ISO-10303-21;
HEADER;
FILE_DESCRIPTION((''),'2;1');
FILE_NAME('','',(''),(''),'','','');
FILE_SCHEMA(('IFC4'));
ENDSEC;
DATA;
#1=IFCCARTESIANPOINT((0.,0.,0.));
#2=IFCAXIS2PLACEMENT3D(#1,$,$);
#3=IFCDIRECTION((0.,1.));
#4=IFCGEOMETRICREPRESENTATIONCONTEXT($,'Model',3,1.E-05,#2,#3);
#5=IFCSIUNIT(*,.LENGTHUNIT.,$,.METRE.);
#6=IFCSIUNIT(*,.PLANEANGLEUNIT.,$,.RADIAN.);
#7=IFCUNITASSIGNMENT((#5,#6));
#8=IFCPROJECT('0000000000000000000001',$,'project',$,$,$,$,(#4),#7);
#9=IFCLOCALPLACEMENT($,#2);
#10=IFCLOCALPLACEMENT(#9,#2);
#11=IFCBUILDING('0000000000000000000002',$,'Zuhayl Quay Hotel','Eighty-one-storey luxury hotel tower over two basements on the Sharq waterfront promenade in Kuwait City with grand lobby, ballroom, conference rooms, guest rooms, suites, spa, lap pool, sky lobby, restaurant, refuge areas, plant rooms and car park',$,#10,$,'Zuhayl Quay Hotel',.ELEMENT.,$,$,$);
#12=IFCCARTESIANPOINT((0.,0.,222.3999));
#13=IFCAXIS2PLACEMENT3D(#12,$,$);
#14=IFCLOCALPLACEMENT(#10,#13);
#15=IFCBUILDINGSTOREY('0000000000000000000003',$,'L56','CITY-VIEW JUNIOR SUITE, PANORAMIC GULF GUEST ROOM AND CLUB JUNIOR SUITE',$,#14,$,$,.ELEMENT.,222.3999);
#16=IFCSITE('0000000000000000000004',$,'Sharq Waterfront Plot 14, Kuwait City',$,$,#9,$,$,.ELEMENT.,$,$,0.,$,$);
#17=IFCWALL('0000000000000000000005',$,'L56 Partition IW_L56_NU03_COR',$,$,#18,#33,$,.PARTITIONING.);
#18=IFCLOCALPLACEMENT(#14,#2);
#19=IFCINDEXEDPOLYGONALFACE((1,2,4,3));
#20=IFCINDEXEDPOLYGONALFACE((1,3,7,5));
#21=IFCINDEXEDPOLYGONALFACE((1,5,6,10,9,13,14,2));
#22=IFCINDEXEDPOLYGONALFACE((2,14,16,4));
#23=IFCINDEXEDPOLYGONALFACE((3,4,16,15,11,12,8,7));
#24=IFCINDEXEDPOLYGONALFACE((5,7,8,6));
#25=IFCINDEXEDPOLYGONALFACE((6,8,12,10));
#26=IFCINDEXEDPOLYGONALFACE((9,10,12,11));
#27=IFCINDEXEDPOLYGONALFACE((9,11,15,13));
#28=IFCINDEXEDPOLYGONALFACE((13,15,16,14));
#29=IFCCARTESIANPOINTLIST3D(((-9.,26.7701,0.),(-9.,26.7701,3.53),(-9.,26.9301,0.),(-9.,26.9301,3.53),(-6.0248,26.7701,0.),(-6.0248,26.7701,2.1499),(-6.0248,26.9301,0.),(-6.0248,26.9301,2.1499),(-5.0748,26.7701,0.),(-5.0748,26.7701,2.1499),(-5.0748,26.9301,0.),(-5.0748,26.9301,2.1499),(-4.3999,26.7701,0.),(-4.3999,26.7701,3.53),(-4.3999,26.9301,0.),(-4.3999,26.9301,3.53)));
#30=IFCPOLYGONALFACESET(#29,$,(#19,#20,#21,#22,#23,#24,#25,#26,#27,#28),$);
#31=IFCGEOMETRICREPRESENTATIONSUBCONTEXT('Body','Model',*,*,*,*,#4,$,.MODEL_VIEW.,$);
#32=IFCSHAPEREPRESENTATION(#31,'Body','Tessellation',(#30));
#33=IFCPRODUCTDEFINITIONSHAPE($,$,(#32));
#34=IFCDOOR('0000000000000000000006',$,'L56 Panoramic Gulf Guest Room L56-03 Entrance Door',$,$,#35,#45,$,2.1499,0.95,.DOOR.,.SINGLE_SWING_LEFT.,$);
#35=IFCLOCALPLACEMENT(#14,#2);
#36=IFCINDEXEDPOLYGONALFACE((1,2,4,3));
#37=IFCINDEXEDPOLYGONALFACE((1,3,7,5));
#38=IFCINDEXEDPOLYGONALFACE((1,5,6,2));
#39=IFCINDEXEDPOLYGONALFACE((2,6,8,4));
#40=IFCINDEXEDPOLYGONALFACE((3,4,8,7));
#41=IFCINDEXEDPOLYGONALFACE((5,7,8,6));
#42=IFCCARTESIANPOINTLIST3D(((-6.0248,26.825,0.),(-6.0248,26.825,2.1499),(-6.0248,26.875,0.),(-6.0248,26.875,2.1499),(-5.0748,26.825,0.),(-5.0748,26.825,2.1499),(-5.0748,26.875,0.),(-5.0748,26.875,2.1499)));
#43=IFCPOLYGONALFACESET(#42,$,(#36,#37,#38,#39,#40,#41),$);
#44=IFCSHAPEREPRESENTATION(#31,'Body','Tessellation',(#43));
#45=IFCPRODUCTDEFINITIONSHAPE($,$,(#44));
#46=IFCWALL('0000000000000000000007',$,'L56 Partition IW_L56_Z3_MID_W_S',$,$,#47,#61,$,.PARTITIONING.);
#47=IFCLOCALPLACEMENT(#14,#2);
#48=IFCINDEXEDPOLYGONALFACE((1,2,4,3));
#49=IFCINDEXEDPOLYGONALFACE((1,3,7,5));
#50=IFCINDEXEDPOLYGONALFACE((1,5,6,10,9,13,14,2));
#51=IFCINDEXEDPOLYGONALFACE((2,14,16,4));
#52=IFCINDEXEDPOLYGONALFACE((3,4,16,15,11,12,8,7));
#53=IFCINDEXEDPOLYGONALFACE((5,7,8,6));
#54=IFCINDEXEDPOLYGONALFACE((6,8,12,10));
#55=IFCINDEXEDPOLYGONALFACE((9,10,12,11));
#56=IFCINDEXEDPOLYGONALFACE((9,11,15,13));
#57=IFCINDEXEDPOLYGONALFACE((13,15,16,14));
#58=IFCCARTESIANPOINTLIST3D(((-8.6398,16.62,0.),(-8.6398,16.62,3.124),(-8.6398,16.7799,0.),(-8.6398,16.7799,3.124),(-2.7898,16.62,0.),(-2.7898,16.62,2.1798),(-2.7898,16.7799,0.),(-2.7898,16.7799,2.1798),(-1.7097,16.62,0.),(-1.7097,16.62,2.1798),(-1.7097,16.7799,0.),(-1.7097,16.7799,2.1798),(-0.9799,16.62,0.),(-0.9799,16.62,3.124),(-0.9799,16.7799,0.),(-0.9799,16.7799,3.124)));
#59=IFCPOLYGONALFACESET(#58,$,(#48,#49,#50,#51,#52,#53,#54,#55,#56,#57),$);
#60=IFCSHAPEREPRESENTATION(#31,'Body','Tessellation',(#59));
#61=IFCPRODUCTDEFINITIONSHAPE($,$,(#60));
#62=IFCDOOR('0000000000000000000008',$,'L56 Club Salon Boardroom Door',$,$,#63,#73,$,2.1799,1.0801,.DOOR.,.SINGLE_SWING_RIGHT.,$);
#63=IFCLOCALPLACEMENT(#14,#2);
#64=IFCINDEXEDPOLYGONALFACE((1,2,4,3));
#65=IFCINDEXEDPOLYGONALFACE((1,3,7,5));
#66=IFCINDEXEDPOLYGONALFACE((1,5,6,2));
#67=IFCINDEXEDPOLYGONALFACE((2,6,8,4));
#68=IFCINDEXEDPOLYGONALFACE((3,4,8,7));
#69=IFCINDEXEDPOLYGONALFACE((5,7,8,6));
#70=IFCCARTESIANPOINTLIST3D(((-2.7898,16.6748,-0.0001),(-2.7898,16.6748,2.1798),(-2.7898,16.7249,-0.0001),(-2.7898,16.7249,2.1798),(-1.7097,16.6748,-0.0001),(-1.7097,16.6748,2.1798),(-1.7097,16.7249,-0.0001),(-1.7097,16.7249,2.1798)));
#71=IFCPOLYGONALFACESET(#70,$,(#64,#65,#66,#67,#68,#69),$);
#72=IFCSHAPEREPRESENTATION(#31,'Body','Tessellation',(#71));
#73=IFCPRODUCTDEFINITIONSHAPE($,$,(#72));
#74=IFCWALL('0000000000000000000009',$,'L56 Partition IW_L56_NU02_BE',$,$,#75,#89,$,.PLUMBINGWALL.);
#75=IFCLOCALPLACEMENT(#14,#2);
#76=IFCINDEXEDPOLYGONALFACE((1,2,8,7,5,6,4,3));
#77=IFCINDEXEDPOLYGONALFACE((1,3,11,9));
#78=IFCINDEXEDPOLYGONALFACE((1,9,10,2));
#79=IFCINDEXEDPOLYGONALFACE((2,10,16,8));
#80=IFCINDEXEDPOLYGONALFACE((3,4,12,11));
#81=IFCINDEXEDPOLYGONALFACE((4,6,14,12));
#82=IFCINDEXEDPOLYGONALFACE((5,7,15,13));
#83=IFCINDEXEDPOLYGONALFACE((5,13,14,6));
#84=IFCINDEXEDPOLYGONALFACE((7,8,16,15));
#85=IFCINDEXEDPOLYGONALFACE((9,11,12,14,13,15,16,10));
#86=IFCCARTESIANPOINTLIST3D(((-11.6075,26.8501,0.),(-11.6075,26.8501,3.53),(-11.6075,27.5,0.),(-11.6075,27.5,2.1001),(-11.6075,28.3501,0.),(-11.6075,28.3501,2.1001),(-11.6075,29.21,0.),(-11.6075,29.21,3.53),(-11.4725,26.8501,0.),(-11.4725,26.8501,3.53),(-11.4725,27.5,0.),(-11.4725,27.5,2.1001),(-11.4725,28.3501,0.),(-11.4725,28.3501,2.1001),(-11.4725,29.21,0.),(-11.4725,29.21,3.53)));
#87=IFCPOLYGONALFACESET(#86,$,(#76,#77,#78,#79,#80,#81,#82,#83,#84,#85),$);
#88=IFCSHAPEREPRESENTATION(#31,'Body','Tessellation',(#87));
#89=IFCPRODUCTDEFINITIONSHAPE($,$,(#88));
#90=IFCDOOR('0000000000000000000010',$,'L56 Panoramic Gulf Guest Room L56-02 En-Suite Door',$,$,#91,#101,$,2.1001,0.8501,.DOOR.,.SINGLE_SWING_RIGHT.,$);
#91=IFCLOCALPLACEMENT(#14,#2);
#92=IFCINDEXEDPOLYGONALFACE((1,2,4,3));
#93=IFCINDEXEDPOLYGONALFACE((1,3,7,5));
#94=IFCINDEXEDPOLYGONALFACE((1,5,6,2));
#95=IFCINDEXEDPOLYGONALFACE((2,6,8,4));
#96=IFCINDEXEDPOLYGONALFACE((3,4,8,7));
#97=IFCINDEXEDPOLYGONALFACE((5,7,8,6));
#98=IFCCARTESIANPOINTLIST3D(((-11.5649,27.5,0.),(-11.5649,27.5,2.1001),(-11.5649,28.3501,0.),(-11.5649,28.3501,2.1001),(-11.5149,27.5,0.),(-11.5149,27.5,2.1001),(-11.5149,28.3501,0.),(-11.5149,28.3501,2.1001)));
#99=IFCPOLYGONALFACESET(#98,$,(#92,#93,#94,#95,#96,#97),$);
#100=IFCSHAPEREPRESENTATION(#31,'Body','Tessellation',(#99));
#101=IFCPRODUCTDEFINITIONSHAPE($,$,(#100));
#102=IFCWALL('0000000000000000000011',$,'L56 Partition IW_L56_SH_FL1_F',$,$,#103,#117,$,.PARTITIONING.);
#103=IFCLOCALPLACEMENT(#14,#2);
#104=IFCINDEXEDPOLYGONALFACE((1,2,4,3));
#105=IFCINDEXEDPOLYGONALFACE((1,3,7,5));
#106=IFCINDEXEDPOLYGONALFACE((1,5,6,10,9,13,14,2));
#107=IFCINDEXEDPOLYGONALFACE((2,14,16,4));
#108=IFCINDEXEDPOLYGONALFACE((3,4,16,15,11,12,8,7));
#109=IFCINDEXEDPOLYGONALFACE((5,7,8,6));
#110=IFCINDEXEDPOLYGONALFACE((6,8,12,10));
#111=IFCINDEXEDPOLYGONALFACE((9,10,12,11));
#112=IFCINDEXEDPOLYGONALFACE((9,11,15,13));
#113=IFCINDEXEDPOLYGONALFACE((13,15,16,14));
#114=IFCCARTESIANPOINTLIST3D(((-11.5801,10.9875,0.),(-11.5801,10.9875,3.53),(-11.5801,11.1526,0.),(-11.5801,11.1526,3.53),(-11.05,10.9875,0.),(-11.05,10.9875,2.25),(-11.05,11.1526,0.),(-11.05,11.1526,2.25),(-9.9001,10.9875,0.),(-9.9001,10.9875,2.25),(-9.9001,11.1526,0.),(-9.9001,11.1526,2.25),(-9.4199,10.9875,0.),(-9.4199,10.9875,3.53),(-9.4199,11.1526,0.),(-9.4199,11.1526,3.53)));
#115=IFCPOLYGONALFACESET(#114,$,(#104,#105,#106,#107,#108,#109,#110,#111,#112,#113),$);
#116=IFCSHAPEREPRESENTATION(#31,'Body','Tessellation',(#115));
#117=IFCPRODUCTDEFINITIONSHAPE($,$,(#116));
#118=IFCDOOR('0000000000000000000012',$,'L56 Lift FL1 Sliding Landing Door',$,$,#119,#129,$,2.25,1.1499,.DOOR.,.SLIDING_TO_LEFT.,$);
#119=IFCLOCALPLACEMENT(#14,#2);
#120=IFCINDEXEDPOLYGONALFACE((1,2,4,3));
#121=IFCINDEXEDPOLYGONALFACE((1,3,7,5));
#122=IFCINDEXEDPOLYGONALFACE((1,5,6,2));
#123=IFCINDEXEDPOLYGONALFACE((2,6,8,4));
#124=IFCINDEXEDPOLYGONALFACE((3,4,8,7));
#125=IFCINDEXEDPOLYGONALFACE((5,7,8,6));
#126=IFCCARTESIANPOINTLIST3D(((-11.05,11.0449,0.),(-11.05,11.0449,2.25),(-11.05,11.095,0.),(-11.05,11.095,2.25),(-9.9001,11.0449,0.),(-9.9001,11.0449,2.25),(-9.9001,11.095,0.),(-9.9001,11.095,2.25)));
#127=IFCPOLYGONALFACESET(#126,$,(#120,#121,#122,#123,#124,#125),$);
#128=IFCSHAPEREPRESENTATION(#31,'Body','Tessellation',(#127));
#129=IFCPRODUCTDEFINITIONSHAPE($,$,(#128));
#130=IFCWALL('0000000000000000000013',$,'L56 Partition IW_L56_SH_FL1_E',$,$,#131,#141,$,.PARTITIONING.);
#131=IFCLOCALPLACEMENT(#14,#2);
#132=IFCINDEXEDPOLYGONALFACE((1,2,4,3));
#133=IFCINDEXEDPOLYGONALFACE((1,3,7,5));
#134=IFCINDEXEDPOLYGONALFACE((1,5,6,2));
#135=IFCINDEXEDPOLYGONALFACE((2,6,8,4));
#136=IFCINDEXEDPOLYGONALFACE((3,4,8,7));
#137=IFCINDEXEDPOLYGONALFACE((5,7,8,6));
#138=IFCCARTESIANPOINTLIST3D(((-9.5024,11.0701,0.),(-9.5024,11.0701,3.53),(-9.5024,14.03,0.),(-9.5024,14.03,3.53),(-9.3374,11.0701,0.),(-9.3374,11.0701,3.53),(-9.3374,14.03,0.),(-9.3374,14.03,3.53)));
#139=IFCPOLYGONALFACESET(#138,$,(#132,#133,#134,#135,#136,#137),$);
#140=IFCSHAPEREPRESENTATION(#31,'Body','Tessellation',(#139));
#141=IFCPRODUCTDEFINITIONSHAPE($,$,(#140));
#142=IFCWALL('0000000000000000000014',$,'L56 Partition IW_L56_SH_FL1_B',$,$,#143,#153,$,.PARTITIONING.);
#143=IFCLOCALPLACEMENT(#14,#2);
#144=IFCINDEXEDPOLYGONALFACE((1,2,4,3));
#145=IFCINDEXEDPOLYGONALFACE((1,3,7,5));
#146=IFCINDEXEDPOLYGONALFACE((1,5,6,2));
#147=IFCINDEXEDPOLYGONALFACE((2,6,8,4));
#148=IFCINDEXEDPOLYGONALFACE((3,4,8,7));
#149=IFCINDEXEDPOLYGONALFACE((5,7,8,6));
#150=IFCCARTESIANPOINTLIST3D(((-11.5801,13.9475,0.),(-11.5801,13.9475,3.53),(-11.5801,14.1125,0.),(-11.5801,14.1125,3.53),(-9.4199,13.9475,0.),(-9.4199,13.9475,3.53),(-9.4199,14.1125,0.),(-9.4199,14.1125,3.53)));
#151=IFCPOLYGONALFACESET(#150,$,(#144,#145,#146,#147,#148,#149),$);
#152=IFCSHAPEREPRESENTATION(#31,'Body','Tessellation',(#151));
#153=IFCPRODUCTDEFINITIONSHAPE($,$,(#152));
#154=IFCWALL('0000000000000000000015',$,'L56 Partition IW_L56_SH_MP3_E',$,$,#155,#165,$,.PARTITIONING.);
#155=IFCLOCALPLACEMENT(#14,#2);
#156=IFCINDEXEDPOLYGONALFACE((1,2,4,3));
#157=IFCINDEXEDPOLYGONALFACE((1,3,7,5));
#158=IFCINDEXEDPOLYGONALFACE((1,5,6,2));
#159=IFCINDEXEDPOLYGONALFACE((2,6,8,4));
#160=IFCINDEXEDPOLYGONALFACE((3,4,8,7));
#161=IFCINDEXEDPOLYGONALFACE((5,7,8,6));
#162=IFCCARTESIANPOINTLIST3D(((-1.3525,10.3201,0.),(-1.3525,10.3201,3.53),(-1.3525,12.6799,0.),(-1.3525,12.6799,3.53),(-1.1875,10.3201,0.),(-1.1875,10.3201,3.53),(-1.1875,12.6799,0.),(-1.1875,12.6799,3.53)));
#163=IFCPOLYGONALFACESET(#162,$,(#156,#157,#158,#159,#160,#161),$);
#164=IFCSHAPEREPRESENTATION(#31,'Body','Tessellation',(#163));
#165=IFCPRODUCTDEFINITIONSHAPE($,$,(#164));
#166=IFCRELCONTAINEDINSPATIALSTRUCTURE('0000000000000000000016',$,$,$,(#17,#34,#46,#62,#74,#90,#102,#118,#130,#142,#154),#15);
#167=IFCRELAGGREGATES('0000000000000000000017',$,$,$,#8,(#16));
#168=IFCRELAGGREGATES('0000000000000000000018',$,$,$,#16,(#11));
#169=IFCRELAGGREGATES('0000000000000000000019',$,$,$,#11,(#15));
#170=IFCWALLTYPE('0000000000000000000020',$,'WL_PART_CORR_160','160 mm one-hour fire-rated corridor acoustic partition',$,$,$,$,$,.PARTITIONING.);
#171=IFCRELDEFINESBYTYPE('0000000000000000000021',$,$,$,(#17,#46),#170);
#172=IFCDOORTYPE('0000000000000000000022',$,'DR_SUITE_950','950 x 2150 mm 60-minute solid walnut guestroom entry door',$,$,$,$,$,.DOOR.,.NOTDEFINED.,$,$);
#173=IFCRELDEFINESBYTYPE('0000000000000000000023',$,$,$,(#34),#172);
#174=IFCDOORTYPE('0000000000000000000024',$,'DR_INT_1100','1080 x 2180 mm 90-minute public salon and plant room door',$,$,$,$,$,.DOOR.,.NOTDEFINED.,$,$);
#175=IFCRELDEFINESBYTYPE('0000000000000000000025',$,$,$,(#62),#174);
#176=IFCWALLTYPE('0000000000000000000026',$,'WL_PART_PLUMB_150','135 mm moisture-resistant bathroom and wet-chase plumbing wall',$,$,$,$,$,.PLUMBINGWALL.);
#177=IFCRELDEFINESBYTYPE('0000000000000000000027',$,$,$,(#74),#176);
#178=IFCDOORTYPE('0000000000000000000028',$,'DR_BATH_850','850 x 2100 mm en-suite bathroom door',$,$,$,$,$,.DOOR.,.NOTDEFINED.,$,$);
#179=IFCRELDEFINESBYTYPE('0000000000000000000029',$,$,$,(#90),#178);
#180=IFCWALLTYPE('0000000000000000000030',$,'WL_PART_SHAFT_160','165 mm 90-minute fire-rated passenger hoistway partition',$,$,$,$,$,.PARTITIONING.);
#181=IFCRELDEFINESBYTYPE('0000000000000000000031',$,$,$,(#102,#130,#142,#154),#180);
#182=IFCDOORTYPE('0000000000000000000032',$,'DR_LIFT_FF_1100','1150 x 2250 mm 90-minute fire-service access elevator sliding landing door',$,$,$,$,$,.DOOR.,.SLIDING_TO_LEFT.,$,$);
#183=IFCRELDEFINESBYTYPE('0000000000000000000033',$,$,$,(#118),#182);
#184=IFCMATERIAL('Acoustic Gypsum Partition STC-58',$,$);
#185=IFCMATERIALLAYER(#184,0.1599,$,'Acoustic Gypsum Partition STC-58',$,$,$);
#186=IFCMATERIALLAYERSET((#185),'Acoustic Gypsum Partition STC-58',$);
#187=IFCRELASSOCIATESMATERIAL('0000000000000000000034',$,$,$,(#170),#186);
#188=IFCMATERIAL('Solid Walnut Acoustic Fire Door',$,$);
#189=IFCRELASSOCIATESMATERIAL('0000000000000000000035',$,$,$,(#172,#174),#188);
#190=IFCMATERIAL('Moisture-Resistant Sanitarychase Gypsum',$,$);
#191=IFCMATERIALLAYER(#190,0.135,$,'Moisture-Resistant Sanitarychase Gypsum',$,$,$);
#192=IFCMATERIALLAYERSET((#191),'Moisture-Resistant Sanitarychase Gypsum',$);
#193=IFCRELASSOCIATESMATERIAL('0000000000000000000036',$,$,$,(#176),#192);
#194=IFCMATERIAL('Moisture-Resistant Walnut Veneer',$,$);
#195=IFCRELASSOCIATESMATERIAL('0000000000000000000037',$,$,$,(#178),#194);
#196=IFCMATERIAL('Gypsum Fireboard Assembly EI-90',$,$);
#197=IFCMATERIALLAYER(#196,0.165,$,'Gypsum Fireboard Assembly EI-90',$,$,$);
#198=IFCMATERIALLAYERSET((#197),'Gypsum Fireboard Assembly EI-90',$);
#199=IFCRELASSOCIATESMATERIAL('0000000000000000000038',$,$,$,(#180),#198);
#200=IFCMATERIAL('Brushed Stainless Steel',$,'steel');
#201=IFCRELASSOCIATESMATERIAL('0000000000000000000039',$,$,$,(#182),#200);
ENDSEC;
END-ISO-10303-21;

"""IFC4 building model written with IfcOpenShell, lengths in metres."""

from ifc_helpers import new_model, si_unit, direction, frame, frame_2d, origin, place, context, subcontext, project, spatial, rectangle, extrude, material, layer, layer_set, type_object, element, fill, save


model = new_model("IFC4")

# Units and contexts
model_context = context("Model", 3, precision=1e-05, world=origin(), true_north=direction((0.0, 1.0)))
body_context = subcontext(model_context, "Body", "Model", "MODEL_VIEW")
ifc_project = project(units=[si_unit("LENGTHUNIT", "METRE"), si_unit("PLANEANGLEUNIT", "RADIAN")], contexts=[model_context])

# Site, building, storey
site_placement = place(None, origin())
site = spatial("IfcSite", under=ifc_project, at=site_placement, Name="Sharq Waterfront Plot 14, Kuwait City", CompositionType="ELEMENT", RefElevation=0.0)
building_placement = place(site_placement, origin())
building = spatial("IfcBuilding", under=site, at=building_placement, Name="Zuhayl Quay Hotel", Description="Eighty-one-storey luxury hotel tower over two basements on the Sharq waterfront promenade in Kuwait City with grand lobby, ballroom, conference rooms, guest rooms, suites, spa, lap pool, sky lobby, restaurant, refuge areas, plant rooms and car park", LongName="Zuhayl Quay Hotel", CompositionType="ELEMENT")
storey_placement = place(building_placement, frame((0.0, 0.0, 222.3999)))
storey = spatial("IfcBuildingStorey", under=building, at=storey_placement, Name="L56", Description="CITY-VIEW JUNIOR SUITE, PANORAMIC GULF GUEST ROOM AND CLUB JUNIOR SUITE", CompositionType="ELEMENT", Elevation=222.3999)

# Shared definitions
ifc_material_1 = material(Name="Acoustic Gypsum Partition STC-58")

# Walls, openings, doors
ifc_layer_1 = layer(ifc_material_1, 0.1599, Name="Acoustic Gypsum Partition STC-58")
ifc_layer_set_1 = layer_set([ifc_layer_1], Name="Acoustic Gypsum Partition STC-58")
wall_type_1 = type_object("IfcWallType", Name="WL_PART_CORR_160", Description="160 mm one-hour fire-rated corridor acoustic partition", PredefinedType="PARTITIONING", material=ifc_layer_set_1)
wall_1_placement = place(storey_placement, frame((-9.0, 26.8501, 0.0), z_axis=(0.0, 0.0, 1.0), x_axis=(1.0, 0.0, 0.0)))
wall_1 = element("IfcWall", 1, at=wall_1_placement, inside=storey, type_object=wall_type_1, Name="L56 Partition IW_L56_NU03_COR", PredefinedType="PARTITIONING", context=body_context, shape_type="SweptSolid", body=[
    extrude(rectangle(XDim=4.6001, YDim=0.1599, at=frame_2d((2.3, 0.0))), origin(), (0.0, 0.0, 1.0), 3.53),
])
opening_1_placement = place(wall_1_placement, frame((2.9751, 0.0, 0.0)))
opening_1 = element("IfcOpeningElement", 2, at=opening_1_placement, cuts=wall_1, PredefinedType="OPENING", context=body_context, shape_type="SweptSolid", body=[
    extrude(rectangle(XDim=0.95, YDim=2.1499, at=frame_2d((0.4751, 1.075))), frame((0.0, 0.0898, 0.0), z_axis=(0.0, -1.0, 0.0), x_axis=(1.0, 0.0, 0.0)), (0.0, 0.0, 1.0), 0.1799),
])
ifc_material_2 = material(Name="Solid Walnut Acoustic Fire Door")
door_type_1 = type_object("IfcDoorType", Name="DR_SUITE_950", Description="950 x 2150 mm 60-minute solid walnut guestroom entry door", OperationType="NOTDEFINED", PredefinedType="DOOR", material=ifc_material_2)
door_1_placement = place(opening_1_placement, origin())
door_1 = element("IfcDoor", 3, at=door_1_placement, inside=storey, type_object=door_type_1, Name="L56 Panoramic Gulf Guest Room L56-03 Entrance Door", OperationType="SINGLE_SWING_LEFT", OverallHeight=2.1499, OverallWidth=0.95, PredefinedType="DOOR", context=body_context, shape_type="SweptSolid", body=[
    extrude(rectangle(XDim=0.95, YDim=2.1499, at=frame_2d((0.4751, 1.075))), frame((0.0, 0.0249, 0.0), z_axis=(0.0, -1.0, 0.0), x_axis=(1.0, 0.0, 0.0)), (0.0, 0.0, 1.0), 0.05),
])
fill(opening_1, door_1)
wall_2_placement = place(storey_placement, frame((-8.6399, 16.7, 0.0), z_axis=(0.0, 0.0, 1.0), x_axis=(1.0, 0.0, 0.0)))
wall_2 = element("IfcWall", 4, at=wall_2_placement, inside=storey, type_object=wall_type_1, Name="L56 Partition IW_L56_Z3_MID_W_S", PredefinedType="PARTITIONING", context=body_context, shape_type="SweptSolid", body=[
    extrude(rectangle(XDim=7.6599, YDim=0.1599, at=frame_2d((3.8301, 0.0))), origin(), (0.0, 0.0, 1.0), 3.124),
])
opening_2_placement = place(wall_2_placement, frame((5.8501, 0.0, 0.0)))
opening_2 = element("IfcOpeningElement", 5, at=opening_2_placement, cuts=wall_2, PredefinedType="OPENING", context=body_context, shape_type="SweptSolid", body=[
    extrude(rectangle(XDim=1.0801, YDim=2.1799, at=frame_2d((0.54, 1.0898))), frame((0.0, 0.0898, 0.0), z_axis=(0.0, -1.0, 0.0), x_axis=(1.0, 0.0, 0.0)), (0.0, 0.0, 1.0), 0.1799),
])
door_type_2 = type_object("IfcDoorType", Name="DR_INT_1100", Description="1080 x 2180 mm 90-minute public salon and plant room door", OperationType="NOTDEFINED", PredefinedType="DOOR", material=ifc_material_2)
door_2_placement = place(opening_2_placement, origin())
door_2 = element("IfcDoor", 6, at=door_2_placement, inside=storey, type_object=door_type_2, Name="L56 Club Salon Boardroom Door", OperationType="SINGLE_SWING_RIGHT", OverallHeight=2.1799, OverallWidth=1.0801, PredefinedType="DOOR", context=body_context, shape_type="SweptSolid", body=[
    extrude(rectangle(XDim=1.0801, YDim=2.1799, at=frame_2d((0.54, 1.0898))), frame((0.0, 0.0249, 0.0), z_axis=(0.0, -1.0, 0.0), x_axis=(1.0, 0.0, 0.0)), (0.0, 0.0, 1.0), 0.05),
])
fill(opening_2, door_2)
ifc_material_3 = material(Name="Moisture-Resistant Sanitarychase Gypsum")
ifc_layer_2 = layer(ifc_material_3, 0.135, Name="Moisture-Resistant Sanitarychase Gypsum")
ifc_layer_set_2 = layer_set([ifc_layer_2], Name="Moisture-Resistant Sanitarychase Gypsum")
wall_type_2 = type_object("IfcWallType", Name="WL_PART_PLUMB_150", Description="135 mm moisture-resistant bathroom and wet-chase plumbing wall", PredefinedType="PLUMBINGWALL", material=ifc_layer_set_2)
wall_3_placement = place(storey_placement, frame((-11.54, 26.8501, 0.0), z_axis=(0.0, 0.0, 1.0), x_axis=(0.0, 1.0, 0.0)))
wall_3 = element("IfcWall", 7, at=wall_3_placement, inside=storey, type_object=wall_type_2, Name="L56 Partition IW_L56_NU02_BE", PredefinedType="PLUMBINGWALL", context=body_context, shape_type="SweptSolid", body=[
    extrude(rectangle(XDim=2.3599, YDim=0.135, at=frame_2d((1.1799, 0.0))), origin(), (0.0, 0.0, 1.0), 3.53),
])
opening_3_placement = place(wall_3_placement, frame((0.6499, 0.0, 0.0)))
opening_3 = element("IfcOpeningElement", 8, at=opening_3_placement, cuts=wall_3, PredefinedType="OPENING", context=body_context, shape_type="SweptSolid", body=[
    extrude(rectangle(XDim=0.8501, YDim=2.1001, at=frame_2d((0.425, 1.05))), frame((0.0, 0.0774, 0.0), z_axis=(0.0, -1.0, 0.0), x_axis=(1.0, 0.0, 0.0)), (0.0, 0.0, 1.0), 0.155),
])
ifc_material_4 = material(Name="Moisture-Resistant Walnut Veneer")
door_type_3 = type_object("IfcDoorType", Name="DR_BATH_850", Description="850 x 2100 mm en-suite bathroom door", OperationType="NOTDEFINED", PredefinedType="DOOR", material=ifc_material_4)
door_3_placement = place(opening_3_placement, origin())
door_3 = element("IfcDoor", 9, at=door_3_placement, inside=storey, type_object=door_type_3, Name="L56 Panoramic Gulf Guest Room L56-02 En-Suite Door", OperationType="SINGLE_SWING_RIGHT", OverallHeight=2.1001, OverallWidth=0.8501, PredefinedType="DOOR", context=body_context, shape_type="SweptSolid", body=[
    extrude(rectangle(XDim=0.8501, YDim=2.1001, at=frame_2d((0.425, 1.05))), frame((0.0, 0.0249, 0.0), z_axis=(0.0, -1.0, 0.0), x_axis=(1.0, 0.0, 0.0)), (0.0, 0.0, 1.0), 0.05),
])
fill(opening_3, door_3)
ifc_material_5 = material(Name="Gypsum Fireboard Assembly EI-90")
ifc_layer_3 = layer(ifc_material_5, 0.165, Name="Gypsum Fireboard Assembly EI-90")
ifc_layer_set_3 = layer_set([ifc_layer_3], Name="Gypsum Fireboard Assembly EI-90")
wall_type_3 = type_object("IfcWallType", Name="WL_PART_SHAFT_160", Description="165 mm 90-minute fire-rated passenger hoistway partition", PredefinedType="PARTITIONING", material=ifc_layer_set_3)
wall_4_placement = place(storey_placement, frame((-11.5801, 11.0701, 0.0), z_axis=(0.0, 0.0, 1.0), x_axis=(1.0, 0.0, 0.0)))
wall_4 = element("IfcWall", 10, at=wall_4_placement, inside=storey, type_object=wall_type_3, Name="L56 Partition IW_L56_SH_FL1_F", PredefinedType="PARTITIONING", context=body_context, shape_type="SweptSolid", body=[
    extrude(rectangle(XDim=2.1602, YDim=0.165, at=frame_2d((1.0801, 0.0))), origin(), (0.0, 0.0, 1.0), 3.53),
])
opening_4_placement = place(wall_4_placement, frame((0.53, 0.0, 0.0)))
opening_4 = element("IfcOpeningElement", 11, at=opening_4_placement, cuts=wall_4, PredefinedType="OPENING", context=body_context, shape_type="SweptSolid", body=[
    extrude(rectangle(XDim=1.1499, YDim=2.25, at=frame_2d((0.575, 1.125))), frame((0.0, 0.0925, 0.0), z_axis=(0.0, -1.0, 0.0), x_axis=(1.0, 0.0, 0.0)), (0.0, 0.0, 1.0), 0.1851),
])
ifc_material_6 = material(Name="Brushed Stainless Steel", Category="steel")
door_type_4 = type_object("IfcDoorType", Name="DR_LIFT_FF_1100", Description="1150 x 2250 mm 90-minute fire-service access elevator sliding landing door", OperationType="SLIDING_TO_LEFT", PredefinedType="DOOR", material=ifc_material_6)
door_4_placement = place(opening_4_placement, origin())
door_4 = element("IfcDoor", 12, at=door_4_placement, inside=storey, type_object=door_type_4, Name="L56 Lift FL1 Sliding Landing Door", OperationType="SLIDING_TO_LEFT", OverallHeight=2.25, OverallWidth=1.1499, PredefinedType="DOOR", context=body_context, shape_type="SweptSolid", body=[
    extrude(rectangle(XDim=1.1499, YDim=2.25, at=frame_2d((0.575, 1.125))), frame((0.0, 0.0249, 0.0), z_axis=(0.0, -1.0, 0.0), x_axis=(1.0, 0.0, 0.0)), (0.0, 0.0, 1.0), 0.05),
])
fill(opening_4, door_4)

# Walls
wall_5_placement = place(storey_placement, frame((-9.4199, 11.0701, 0.0), z_axis=(0.0, 0.0, 1.0), x_axis=(0.0, 1.0, 0.0)))
element("IfcWall", 13, at=wall_5_placement, inside=storey, type_object=wall_type_3, Name="L56 Partition IW_L56_SH_FL1_E", PredefinedType="PARTITIONING", context=body_context, shape_type="SweptSolid", body=[
    extrude(rectangle(XDim=2.96, YDim=0.165, at=frame_2d((1.48, 0.0))), origin(), (0.0, 0.0, 1.0), 3.53),
])
wall_6_placement = place(storey_placement, frame((-11.5801, 14.03, 0.0), z_axis=(0.0, 0.0, 1.0), x_axis=(1.0, 0.0, 0.0)))
element("IfcWall", 14, at=wall_6_placement, inside=storey, type_object=wall_type_3, Name="L56 Partition IW_L56_SH_FL1_B", PredefinedType="PARTITIONING", context=body_context, shape_type="SweptSolid", body=[
    extrude(rectangle(XDim=2.1602, YDim=0.165, at=frame_2d((1.0801, 0.0))), origin(), (0.0, 0.0, 1.0), 3.53),
])
wall_7_placement = place(storey_placement, frame((-1.27, 10.3201, 0.0), z_axis=(0.0, 0.0, 1.0), x_axis=(0.0, 1.0, 0.0)))
element("IfcWall", 15, at=wall_7_placement, inside=storey, type_object=wall_type_3, Name="L56 Partition IW_L56_SH_MP3_E", PredefinedType="PARTITIONING", context=body_context, shape_type="SweptSolid", body=[
    extrude(rectangle(XDim=2.3599, YDim=0.165, at=frame_2d((1.1799, 0.0))), origin(), (0.0, 0.0, 1.0), 3.53),
])

save(model, "model.ifc")
